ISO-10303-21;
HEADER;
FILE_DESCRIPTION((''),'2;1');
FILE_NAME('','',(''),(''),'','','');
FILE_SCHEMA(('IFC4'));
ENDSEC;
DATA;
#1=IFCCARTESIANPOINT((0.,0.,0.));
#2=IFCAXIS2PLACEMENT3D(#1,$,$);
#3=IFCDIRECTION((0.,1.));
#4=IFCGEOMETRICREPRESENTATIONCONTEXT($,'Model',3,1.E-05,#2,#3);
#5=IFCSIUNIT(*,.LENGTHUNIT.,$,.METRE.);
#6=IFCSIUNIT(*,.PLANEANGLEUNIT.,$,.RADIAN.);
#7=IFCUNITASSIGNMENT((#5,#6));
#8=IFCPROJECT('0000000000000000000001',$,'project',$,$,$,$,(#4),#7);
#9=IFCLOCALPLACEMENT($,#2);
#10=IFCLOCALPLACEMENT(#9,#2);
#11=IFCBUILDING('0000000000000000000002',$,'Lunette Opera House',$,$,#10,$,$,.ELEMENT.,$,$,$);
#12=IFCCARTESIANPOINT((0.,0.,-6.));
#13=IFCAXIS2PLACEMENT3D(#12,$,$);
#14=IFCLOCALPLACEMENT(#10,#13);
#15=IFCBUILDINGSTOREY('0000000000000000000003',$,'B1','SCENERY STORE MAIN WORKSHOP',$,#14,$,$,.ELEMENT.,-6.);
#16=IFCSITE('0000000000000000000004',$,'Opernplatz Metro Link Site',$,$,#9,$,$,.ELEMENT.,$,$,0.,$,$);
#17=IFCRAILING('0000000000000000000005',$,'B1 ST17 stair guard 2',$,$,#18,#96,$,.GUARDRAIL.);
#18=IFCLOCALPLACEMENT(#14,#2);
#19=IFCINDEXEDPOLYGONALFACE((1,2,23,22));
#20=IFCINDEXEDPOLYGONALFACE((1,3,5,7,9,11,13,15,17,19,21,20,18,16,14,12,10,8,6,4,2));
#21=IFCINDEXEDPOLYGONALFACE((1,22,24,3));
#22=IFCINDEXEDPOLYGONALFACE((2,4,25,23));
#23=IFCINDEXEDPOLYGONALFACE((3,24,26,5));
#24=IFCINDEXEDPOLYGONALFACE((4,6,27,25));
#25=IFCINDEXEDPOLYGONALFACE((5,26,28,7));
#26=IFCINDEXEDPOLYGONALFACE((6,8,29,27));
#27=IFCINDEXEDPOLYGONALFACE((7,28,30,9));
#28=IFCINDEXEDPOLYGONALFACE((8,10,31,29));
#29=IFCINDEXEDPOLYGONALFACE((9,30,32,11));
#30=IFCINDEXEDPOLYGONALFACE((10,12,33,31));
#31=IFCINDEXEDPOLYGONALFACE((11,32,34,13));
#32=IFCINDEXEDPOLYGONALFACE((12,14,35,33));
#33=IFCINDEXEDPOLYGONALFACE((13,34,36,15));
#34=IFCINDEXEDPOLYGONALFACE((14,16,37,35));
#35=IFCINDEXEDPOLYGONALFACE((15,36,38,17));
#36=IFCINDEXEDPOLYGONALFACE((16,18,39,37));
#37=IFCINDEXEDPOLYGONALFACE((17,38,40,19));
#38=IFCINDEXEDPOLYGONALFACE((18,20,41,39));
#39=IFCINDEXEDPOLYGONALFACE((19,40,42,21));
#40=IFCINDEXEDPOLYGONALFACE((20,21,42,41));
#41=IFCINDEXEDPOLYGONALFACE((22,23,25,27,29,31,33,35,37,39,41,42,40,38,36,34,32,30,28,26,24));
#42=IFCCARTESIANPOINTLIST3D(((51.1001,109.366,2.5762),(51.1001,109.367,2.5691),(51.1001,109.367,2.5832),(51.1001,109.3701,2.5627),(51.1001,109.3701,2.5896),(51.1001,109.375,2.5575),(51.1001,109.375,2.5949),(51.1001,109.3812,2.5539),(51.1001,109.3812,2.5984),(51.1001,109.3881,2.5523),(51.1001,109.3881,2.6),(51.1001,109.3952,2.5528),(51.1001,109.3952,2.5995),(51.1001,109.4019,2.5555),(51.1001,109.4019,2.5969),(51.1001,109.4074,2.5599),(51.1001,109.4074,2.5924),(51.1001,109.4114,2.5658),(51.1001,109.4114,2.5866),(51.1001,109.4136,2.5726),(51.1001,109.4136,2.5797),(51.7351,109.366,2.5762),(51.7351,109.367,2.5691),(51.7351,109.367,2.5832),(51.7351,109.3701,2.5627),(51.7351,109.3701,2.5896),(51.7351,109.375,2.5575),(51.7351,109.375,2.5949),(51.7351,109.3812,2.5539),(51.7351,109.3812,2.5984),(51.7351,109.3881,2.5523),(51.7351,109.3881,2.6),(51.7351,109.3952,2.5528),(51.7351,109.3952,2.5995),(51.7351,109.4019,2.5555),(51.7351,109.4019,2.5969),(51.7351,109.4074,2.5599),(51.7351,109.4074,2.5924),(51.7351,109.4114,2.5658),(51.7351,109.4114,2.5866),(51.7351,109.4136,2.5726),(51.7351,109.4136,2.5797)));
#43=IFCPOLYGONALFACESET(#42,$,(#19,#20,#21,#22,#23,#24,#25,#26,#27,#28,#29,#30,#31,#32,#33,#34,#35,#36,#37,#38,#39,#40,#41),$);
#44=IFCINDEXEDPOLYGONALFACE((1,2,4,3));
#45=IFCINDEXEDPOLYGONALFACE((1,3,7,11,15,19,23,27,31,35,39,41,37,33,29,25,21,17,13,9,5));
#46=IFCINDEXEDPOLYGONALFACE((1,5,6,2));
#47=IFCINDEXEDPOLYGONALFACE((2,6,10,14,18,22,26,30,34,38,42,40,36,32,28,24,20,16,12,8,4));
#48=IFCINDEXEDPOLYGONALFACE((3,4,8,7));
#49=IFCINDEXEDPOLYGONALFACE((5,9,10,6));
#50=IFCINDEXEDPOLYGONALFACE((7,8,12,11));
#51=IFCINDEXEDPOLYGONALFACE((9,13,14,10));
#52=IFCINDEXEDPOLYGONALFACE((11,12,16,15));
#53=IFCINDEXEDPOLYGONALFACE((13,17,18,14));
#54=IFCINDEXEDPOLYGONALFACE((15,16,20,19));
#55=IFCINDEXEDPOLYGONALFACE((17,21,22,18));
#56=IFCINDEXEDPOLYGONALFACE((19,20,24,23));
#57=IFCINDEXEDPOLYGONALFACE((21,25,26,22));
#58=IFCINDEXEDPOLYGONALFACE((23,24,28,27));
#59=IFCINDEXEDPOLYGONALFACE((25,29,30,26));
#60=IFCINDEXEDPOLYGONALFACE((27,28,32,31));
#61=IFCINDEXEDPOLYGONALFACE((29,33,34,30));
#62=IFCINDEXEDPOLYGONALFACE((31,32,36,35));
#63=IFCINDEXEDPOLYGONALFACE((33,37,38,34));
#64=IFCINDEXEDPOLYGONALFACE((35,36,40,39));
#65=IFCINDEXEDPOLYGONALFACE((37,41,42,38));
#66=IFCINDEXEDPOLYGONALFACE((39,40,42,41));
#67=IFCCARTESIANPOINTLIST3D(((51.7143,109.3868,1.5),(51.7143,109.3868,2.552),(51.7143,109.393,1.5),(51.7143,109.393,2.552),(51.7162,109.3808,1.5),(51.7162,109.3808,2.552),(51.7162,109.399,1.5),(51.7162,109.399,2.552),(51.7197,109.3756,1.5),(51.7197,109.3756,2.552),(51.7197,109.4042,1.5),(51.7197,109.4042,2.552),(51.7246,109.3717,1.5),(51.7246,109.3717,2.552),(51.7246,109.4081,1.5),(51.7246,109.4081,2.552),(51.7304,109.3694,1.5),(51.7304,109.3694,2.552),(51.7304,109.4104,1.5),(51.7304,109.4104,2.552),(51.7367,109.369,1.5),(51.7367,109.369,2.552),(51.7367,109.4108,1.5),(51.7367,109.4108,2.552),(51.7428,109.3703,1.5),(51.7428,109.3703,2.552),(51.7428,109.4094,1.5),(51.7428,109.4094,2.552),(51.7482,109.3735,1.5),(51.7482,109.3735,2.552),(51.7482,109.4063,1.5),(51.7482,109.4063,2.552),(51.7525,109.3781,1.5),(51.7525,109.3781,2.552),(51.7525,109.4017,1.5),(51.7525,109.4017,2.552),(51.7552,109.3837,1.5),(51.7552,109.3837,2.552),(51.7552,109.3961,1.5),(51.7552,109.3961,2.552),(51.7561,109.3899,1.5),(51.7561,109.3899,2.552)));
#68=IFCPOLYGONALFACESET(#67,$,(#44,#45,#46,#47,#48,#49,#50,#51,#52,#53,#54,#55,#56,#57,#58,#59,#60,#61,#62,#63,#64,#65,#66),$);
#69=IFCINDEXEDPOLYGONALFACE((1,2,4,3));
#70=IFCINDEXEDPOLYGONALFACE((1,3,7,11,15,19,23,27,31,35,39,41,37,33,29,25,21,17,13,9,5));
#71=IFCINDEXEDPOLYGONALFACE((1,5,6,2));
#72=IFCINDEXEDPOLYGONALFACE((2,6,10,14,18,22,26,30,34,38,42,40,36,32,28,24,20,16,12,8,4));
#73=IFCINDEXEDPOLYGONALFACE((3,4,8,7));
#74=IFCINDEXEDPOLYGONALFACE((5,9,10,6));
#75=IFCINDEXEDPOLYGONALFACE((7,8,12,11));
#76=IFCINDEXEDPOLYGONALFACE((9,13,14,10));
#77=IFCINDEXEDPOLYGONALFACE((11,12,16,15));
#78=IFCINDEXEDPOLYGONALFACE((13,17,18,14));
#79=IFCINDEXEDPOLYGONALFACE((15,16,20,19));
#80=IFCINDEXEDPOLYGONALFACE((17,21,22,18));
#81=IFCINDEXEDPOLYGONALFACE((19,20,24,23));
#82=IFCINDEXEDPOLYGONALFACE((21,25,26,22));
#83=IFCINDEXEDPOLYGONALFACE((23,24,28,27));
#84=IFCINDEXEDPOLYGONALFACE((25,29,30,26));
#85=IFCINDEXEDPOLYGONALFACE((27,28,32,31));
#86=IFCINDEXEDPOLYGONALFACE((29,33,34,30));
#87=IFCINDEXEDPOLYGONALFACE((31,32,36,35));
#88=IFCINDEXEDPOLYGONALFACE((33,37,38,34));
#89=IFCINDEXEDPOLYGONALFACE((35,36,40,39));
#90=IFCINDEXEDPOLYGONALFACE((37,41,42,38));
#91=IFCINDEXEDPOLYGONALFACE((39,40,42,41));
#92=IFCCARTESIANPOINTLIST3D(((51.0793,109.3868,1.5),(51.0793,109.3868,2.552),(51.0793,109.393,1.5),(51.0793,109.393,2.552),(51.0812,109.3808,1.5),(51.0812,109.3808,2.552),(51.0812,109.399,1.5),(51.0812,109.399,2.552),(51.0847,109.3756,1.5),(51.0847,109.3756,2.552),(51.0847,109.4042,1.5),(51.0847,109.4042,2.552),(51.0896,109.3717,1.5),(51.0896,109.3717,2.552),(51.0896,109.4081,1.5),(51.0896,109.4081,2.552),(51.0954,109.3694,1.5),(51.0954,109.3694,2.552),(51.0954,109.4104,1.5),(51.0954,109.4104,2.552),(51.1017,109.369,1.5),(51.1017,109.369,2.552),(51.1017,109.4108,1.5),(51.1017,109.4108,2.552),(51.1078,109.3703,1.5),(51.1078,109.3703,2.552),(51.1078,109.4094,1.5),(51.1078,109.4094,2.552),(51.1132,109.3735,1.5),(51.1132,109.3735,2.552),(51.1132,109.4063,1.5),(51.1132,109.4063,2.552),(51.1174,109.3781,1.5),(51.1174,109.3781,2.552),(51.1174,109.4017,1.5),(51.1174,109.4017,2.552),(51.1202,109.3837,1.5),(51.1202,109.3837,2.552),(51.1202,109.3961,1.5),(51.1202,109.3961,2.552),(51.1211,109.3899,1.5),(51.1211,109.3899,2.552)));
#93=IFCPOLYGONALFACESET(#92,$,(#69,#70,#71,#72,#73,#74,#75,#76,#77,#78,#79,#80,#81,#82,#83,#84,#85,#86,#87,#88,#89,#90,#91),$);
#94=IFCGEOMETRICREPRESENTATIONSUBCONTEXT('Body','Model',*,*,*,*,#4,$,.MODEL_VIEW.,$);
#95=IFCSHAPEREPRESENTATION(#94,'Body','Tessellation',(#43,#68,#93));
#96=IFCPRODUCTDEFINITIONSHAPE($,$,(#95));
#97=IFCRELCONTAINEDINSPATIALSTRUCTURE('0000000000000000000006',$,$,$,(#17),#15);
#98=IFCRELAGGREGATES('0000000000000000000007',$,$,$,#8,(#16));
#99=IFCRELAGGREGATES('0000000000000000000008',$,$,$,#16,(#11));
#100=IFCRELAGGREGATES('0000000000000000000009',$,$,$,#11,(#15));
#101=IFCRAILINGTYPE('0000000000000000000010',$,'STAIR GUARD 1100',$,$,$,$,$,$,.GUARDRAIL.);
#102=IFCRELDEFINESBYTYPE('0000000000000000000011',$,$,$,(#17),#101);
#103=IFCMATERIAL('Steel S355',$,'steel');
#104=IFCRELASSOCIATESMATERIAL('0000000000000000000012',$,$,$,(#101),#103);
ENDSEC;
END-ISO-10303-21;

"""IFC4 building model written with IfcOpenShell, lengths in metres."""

from ifc_helpers import new_model, si_unit, direction, frame, origin, origin_2d, place, context, subcontext, project, spatial, circle, extrude, material, type_object, element, save


model = new_model("IFC4")

# Units and contexts
model_context = context("Model", 3, precision=1e-05, world=origin(), true_north=direction((0.0, 1.0)))
body_context = subcontext(model_context, "Body", "Model", "MODEL_VIEW")
ifc_project = project(units=[si_unit("LENGTHUNIT", "METRE"), si_unit("PLANEANGLEUNIT", "RADIAN")], contexts=[model_context])

# Site, building, storey
site_placement = place(None, origin())
site = spatial("IfcSite", under=ifc_project, at=site_placement, Name="Opernplatz Metro Link Site", CompositionType="ELEMENT", RefElevation=0.0)
building_placement = place(site_placement, origin())
building = spatial("IfcBuilding", under=site, at=building_placement, Name="Lunette Opera House", CompositionType="ELEMENT")
storey_placement = place(building_placement, frame((0.0, 0.0, -6.0)))
storey = spatial("IfcBuildingStorey", under=building, at=storey_placement, Name="B1", Description="SCENERY STORE MAIN WORKSHOP", CompositionType="ELEMENT", Elevation=-6.0)

# Railing
ifc_material_1 = material(Name="Steel S355", Category="steel")
railing_type_1 = type_object("IfcRailingType", Name="STAIR GUARD 1100", PredefinedType="GUARDRAIL", material=ifc_material_1)
railing_1_placement = place(storey_placement, frame((51.7351, 109.3899, 1.5)))
element("IfcRailing", 1, at=railing_1_placement, inside=storey, type_object=railing_type_1, Name="B1 ST17 stair guard 2", PredefinedType="GUARDRAIL", context=body_context, shape_type="SweptSolid", body=[
    extrude(circle(Radius=0.0239, at=origin_2d()), frame((0.0, 0.0, 1.0762), z_axis=(-1.0, 0.0, 0.0), x_axis=(0.0, -1.0, 0.0)), (0.0, 0.0, 1.0), 0.635),
    extrude(circle(Radius=0.021, at=origin_2d()), origin(), (0.0, 0.0, 1.0), 1.052),
    extrude(circle(Radius=0.021, at=origin_2d()), frame((-0.635, 0.0, 0.0)), (0.0, 0.0, 1.0), 1.052),
])

save(model, "model.ifc")
